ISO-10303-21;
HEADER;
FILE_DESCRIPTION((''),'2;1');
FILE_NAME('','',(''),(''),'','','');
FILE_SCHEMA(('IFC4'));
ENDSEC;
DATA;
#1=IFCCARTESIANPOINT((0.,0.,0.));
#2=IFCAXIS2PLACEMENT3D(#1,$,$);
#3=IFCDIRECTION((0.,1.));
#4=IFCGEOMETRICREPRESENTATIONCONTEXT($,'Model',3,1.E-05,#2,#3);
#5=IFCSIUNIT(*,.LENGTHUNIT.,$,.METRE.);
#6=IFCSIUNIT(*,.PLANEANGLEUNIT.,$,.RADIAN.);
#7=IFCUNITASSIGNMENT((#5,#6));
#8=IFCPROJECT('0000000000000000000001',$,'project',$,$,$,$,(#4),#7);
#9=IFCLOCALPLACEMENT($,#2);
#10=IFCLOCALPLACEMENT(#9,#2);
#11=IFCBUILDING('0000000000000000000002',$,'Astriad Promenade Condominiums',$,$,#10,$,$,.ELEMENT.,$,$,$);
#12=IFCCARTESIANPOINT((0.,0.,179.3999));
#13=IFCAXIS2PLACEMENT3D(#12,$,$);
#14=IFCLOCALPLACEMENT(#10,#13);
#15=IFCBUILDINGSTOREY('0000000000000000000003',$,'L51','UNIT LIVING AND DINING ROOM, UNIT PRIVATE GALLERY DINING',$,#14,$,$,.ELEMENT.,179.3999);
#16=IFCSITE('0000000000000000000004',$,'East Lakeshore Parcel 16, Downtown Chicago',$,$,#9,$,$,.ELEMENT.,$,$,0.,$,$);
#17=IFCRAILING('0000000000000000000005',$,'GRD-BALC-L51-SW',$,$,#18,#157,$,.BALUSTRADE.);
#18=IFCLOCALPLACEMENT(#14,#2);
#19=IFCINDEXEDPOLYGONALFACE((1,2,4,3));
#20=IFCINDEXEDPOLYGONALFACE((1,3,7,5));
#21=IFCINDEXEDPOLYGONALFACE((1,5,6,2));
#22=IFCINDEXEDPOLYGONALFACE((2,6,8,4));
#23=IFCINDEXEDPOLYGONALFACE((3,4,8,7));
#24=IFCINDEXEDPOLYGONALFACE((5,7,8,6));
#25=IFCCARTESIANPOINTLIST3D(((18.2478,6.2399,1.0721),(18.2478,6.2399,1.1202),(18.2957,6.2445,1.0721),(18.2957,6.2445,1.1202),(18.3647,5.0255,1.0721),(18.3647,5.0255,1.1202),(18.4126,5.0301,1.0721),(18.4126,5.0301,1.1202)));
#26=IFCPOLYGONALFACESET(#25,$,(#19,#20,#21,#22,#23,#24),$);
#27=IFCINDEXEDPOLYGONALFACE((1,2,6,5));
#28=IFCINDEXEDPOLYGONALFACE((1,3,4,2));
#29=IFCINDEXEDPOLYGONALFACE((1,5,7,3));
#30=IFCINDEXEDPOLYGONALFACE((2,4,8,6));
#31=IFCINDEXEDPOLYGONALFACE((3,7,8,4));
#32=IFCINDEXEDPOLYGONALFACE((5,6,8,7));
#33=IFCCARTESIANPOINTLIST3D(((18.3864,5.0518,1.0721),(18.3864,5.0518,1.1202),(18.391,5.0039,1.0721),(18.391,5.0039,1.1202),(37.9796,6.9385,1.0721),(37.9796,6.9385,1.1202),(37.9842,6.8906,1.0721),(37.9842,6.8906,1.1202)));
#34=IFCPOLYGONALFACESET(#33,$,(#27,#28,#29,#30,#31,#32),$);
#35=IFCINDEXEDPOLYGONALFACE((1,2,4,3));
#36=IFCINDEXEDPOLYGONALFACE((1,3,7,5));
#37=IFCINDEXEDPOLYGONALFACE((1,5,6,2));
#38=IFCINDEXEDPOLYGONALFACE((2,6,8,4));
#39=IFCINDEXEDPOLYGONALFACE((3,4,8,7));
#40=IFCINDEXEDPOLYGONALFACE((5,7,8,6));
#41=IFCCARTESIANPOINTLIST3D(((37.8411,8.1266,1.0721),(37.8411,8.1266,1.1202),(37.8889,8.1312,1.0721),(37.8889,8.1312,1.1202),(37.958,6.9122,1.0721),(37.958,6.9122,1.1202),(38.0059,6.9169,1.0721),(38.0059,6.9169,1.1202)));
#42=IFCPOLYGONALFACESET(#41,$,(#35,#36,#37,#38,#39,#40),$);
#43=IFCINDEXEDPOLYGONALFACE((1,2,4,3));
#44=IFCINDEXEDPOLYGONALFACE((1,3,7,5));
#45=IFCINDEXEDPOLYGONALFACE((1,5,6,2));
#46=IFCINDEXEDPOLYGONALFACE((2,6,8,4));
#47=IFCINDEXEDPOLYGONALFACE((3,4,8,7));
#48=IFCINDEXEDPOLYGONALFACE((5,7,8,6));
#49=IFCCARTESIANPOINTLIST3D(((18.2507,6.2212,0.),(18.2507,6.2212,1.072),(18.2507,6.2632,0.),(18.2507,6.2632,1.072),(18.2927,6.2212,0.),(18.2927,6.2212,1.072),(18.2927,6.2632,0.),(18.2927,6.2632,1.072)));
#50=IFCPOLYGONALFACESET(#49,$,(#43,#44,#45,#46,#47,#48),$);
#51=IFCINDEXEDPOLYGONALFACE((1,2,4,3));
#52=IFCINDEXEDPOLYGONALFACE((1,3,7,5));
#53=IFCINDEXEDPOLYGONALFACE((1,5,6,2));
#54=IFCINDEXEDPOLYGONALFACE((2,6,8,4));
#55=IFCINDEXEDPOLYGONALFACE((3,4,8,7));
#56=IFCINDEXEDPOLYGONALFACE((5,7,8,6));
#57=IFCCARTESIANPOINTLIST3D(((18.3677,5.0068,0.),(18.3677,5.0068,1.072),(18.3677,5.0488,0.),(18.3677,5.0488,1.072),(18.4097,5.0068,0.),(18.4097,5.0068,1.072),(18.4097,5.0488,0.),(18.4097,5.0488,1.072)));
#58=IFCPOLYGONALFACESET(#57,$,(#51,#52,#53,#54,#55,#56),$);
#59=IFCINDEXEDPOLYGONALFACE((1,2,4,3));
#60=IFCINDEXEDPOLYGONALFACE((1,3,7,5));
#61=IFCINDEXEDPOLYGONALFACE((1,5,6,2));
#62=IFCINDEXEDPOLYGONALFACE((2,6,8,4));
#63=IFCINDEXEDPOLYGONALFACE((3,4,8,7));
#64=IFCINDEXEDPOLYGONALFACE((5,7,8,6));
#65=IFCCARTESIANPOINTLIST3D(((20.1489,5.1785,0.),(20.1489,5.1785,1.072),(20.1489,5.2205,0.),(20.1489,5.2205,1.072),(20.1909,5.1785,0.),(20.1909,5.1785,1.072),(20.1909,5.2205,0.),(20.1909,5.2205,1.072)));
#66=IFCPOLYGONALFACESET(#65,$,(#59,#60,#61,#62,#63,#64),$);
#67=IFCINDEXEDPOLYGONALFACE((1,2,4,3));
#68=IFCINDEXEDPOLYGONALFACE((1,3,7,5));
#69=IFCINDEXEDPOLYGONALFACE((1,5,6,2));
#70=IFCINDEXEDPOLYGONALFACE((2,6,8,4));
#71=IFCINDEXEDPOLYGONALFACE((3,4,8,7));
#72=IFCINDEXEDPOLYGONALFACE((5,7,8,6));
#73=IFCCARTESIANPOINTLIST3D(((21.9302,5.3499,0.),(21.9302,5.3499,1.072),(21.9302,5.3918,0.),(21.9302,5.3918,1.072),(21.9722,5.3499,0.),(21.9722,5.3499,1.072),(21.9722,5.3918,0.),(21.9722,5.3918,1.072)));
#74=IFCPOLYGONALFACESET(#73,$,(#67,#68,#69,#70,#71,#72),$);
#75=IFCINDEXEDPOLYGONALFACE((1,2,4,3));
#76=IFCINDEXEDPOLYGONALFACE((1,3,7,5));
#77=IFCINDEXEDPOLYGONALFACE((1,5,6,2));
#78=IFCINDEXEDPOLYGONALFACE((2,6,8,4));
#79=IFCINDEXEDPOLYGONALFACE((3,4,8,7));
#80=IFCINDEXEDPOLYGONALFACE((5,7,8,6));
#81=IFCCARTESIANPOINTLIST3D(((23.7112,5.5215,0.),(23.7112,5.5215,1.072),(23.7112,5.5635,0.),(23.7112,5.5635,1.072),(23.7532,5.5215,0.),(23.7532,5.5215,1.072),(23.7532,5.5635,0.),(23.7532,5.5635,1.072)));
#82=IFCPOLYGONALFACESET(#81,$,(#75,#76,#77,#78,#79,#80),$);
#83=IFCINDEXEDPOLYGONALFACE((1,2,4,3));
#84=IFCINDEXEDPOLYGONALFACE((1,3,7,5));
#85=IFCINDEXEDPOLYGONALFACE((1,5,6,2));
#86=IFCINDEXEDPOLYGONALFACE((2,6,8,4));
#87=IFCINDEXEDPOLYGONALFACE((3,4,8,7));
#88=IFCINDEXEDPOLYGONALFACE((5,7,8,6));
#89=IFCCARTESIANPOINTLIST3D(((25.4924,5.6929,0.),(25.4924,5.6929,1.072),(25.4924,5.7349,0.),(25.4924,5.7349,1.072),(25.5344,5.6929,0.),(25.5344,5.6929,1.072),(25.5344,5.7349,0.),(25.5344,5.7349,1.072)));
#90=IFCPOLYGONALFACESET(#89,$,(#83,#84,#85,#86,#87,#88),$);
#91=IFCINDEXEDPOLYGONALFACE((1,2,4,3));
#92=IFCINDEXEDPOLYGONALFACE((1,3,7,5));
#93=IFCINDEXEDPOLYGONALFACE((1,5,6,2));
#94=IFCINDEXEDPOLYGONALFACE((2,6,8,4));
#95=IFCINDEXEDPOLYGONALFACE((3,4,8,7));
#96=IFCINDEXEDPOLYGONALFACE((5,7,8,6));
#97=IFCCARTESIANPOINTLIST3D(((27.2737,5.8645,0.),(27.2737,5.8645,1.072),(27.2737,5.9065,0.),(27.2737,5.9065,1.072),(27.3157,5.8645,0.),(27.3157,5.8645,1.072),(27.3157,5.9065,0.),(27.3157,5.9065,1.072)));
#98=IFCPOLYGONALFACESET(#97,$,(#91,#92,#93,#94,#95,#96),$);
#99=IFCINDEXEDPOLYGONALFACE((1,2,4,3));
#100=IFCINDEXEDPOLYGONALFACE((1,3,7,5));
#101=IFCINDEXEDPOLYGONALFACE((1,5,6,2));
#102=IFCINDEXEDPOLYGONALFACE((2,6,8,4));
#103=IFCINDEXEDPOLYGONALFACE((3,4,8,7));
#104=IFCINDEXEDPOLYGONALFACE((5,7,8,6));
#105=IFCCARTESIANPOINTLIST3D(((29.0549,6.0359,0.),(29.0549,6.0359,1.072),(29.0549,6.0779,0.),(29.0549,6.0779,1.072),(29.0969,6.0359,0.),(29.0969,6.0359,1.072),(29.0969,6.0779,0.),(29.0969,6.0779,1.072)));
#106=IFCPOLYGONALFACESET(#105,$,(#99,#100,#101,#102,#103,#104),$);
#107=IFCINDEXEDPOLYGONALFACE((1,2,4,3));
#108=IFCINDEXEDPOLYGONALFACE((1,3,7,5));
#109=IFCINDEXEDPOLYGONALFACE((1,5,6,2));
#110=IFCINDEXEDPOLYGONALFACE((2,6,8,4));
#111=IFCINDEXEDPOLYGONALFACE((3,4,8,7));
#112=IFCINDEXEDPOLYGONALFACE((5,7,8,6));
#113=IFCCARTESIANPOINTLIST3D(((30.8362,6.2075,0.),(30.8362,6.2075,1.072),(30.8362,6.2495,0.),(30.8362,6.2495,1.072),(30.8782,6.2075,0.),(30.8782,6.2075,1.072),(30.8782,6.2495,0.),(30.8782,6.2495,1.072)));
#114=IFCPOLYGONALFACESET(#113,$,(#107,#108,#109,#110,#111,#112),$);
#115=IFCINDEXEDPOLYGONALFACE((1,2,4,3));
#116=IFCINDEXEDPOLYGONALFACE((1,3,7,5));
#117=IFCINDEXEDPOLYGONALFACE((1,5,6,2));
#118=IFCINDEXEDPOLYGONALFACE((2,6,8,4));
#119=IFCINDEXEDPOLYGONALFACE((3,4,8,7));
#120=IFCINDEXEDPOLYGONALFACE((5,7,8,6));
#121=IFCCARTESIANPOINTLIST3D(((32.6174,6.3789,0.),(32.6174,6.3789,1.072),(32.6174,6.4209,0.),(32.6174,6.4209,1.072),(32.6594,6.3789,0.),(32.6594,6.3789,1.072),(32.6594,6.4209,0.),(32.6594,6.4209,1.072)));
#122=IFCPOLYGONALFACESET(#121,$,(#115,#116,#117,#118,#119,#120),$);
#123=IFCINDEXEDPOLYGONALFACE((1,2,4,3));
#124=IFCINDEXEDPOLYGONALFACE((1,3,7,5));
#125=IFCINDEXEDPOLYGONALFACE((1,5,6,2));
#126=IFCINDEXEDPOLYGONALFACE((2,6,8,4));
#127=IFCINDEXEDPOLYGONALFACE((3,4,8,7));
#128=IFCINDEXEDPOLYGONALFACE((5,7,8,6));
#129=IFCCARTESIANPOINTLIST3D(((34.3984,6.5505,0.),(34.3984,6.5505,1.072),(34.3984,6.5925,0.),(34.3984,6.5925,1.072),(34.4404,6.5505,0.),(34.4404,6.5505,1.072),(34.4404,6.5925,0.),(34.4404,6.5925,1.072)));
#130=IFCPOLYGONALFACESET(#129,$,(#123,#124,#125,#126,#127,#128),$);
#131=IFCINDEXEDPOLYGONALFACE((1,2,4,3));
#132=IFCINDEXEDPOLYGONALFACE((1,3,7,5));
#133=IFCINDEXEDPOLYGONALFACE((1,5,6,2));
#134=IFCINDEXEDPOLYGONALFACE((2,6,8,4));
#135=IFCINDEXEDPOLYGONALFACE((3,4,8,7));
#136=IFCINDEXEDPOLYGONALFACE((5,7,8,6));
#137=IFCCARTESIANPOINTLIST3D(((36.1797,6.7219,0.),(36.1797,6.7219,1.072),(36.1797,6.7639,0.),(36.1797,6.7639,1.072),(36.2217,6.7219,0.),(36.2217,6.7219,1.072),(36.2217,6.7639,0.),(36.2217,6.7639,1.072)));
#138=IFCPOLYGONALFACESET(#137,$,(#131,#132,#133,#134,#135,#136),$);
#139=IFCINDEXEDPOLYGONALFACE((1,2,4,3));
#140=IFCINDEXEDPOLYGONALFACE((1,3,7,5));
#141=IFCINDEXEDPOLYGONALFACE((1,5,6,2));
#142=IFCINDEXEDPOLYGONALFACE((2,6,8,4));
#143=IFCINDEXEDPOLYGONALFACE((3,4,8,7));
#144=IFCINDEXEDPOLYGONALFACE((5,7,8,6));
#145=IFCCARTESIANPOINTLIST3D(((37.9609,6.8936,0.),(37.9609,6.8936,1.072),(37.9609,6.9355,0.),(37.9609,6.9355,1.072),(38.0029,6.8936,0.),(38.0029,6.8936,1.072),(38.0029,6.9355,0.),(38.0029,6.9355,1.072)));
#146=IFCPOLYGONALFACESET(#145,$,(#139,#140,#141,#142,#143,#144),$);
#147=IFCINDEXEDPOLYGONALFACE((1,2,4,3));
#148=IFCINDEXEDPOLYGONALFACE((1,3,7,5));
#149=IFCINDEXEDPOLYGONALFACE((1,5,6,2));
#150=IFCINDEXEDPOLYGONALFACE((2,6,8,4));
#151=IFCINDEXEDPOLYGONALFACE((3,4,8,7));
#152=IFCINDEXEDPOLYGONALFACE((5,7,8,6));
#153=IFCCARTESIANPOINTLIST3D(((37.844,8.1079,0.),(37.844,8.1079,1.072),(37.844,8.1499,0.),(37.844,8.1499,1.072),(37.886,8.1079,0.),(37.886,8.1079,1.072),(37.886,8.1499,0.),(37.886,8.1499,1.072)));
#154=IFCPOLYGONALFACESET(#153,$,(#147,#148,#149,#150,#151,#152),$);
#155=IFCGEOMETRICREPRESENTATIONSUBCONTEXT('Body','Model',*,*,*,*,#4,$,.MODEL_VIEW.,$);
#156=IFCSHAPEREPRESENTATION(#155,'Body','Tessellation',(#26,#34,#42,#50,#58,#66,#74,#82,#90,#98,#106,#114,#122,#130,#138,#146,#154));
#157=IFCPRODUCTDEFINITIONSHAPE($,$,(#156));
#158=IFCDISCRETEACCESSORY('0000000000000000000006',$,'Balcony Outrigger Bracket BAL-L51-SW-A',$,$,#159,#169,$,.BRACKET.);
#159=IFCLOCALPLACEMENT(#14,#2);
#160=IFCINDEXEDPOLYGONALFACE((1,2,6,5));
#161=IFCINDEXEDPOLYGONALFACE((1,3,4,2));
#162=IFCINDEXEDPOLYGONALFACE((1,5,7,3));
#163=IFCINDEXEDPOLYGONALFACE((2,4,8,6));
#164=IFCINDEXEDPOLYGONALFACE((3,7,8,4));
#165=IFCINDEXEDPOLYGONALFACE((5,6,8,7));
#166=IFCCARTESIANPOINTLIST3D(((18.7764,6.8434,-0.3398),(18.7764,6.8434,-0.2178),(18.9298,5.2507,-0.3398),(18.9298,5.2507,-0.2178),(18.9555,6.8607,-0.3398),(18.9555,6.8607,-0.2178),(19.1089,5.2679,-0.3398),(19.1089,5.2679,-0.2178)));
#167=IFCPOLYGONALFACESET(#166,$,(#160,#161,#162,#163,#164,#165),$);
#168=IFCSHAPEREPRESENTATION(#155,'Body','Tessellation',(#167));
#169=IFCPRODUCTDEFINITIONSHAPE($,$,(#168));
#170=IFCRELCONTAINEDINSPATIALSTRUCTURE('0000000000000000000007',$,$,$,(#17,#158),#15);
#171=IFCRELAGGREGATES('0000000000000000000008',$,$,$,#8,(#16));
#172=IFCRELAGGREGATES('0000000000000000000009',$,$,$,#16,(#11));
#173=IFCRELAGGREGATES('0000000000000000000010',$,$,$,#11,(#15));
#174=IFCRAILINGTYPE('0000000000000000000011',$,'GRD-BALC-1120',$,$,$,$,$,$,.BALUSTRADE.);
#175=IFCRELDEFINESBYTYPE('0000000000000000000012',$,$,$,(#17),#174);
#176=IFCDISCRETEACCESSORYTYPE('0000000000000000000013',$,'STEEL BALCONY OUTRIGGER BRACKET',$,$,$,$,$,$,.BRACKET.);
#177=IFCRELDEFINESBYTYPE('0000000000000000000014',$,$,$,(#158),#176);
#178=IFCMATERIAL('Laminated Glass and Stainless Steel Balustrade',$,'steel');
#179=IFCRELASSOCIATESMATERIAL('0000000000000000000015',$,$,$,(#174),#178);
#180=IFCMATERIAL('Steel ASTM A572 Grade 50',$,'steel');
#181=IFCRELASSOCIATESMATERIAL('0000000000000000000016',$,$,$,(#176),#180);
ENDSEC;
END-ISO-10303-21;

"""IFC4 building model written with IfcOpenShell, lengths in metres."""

from ifc_helpers import new_model, si_unit, direction, frame, origin, origin_2d, place, context, subcontext, project, spatial, rectangle, extrude, source, transform, mapped, material, type_object, type_shapes, element, save


model = new_model("IFC4")

# Units and contexts
model_context = context("Model", 3, precision=1e-05, world=origin(), true_north=direction((0.0, 1.0)))
body_context = subcontext(model_context, "Body", "Model", "MODEL_VIEW")
ifc_project = project(units=[si_unit("LENGTHUNIT", "METRE"), si_unit("PLANEANGLEUNIT", "RADIAN")], contexts=[model_context])

# Site, building, storey
site_placement = place(None, origin())
site = spatial("IfcSite", under=ifc_project, at=site_placement, Name="East Lakeshore Parcel 16, Downtown Chicago", CompositionType="ELEMENT", RefElevation=0.0)
building_placement = place(site_placement, origin())
building = spatial("IfcBuilding", under=site, at=building_placement, Name="Astriad Promenade Condominiums", CompositionType="ELEMENT")
storey_placement = place(building_placement, frame((0.0, 0.0, 179.3999)))
storey = spatial("IfcBuildingStorey", under=building, at=storey_placement, Name="L51", Description="UNIT LIVING AND DINING ROOM, UNIT PRIVATE GALLERY DINING", CompositionType="ELEMENT", Elevation=179.3999)

# Railing
ifc_material_1 = material(Name="Laminated Glass and Stainless Steel Balustrade", Category="steel")
railing_type = type_object("IfcRailingType", Name="GRD-BALC-1120", PredefinedType="BALUSTRADE", material=ifc_material_1)
shared_shape_1 = source(origin(), body_context, "Body", "SweptSolid", [
    extrude(rectangle(XDim=0.0481, YDim=0.0481, at=origin_2d()), frame((0.0, 0.0, 1.0962), z_axis=(0.095857, -0.995395, 0.0), x_axis=(0.995395, 0.095857, 0.0)), (0.0, 0.0, 1.0), 1.22),
    extrude(rectangle(XDim=0.0481, YDim=0.0481, at=origin_2d()), frame((0.1169, -1.2144, 1.0962), z_axis=(0.995396, 0.095851, 0.0), x_axis=(-0.095851, 0.995396, 0.0)), (0.0, 0.0, 1.0), 19.6838),
    extrude(rectangle(XDim=0.0481, YDim=0.0481, at=origin_2d()), frame((19.7102, 0.6724, 1.0962), z_axis=(-0.095857, 0.995395, 0.0), x_axis=(-0.995395, -0.095857, 0.0)), (0.0, 0.0, 1.0), 1.22),
    extrude(rectangle(XDim=0.042, YDim=0.042, at=origin_2d()), origin(), (0.0, 0.0, 1.0), 1.072),
    extrude(rectangle(XDim=0.042, YDim=0.042, at=origin_2d()), frame((0.1169, -1.2144, 0.0)), (0.0, 0.0, 1.0), 1.072),
    extrude(rectangle(XDim=0.042, YDim=0.042, at=origin_2d()), frame((1.8982, -1.0427, 0.0)), (0.0, 0.0, 1.0), 1.072),
    extrude(rectangle(XDim=0.042, YDim=0.042, at=origin_2d()), frame((3.6794, -0.8713, 0.0)), (0.0, 0.0, 1.0), 1.072),
    extrude(rectangle(XDim=0.042, YDim=0.042, at=origin_2d()), frame((5.4604, -0.6997, 0.0)), (0.0, 0.0, 1.0), 1.072),
    extrude(rectangle(XDim=0.042, YDim=0.042, at=origin_2d()), frame((7.2417, -0.5283, 0.0)), (0.0, 0.0, 1.0), 1.072),
    extrude(rectangle(XDim=0.042, YDim=0.042, at=origin_2d()), frame((9.0229, -0.3567, 0.0)), (0.0, 0.0, 1.0), 1.072),
    extrude(rectangle(XDim=0.042, YDim=0.042, at=origin_2d()), frame((10.8042, -0.1853, 0.0)), (0.0, 0.0, 1.0), 1.072),
    extrude(rectangle(XDim=0.042, YDim=0.042, at=origin_2d()), frame((12.5854, -0.0137, 0.0)), (0.0, 0.0, 1.0), 1.072),
    extrude(rectangle(XDim=0.042, YDim=0.042, at=origin_2d()), frame((14.3667, 0.1577, 0.0)), (0.0, 0.0, 1.0), 1.072),
    extrude(rectangle(XDim=0.042, YDim=0.042, at=origin_2d()), frame((16.1477, 0.3293, 0.0)), (0.0, 0.0, 1.0), 1.072),
    extrude(rectangle(XDim=0.042, YDim=0.042, at=origin_2d()), frame((17.929, 0.5007, 0.0)), (0.0, 0.0, 1.0), 1.072),
    extrude(rectangle(XDim=0.042, YDim=0.042, at=origin_2d()), frame((19.7102, 0.6724, 0.0)), (0.0, 0.0, 1.0), 1.072),
    extrude(rectangle(XDim=0.042, YDim=0.042, at=origin_2d()), frame((19.5933, 1.8867, 0.0)), (0.0, 0.0, 1.0), 1.072),
])
type_shapes(railing_type, [shared_shape_1])
railing_placement = place(storey_placement, frame((18.2717, 6.2422, 0.0)))
element("IfcRailing", 1, at=railing_placement, inside=storey, type_object=railing_type, Name="GRD-BALC-L51-SW", PredefinedType="BALUSTRADE", context=body_context, shape_type="MappedRepresentation", body=[
    mapped(shared_shape_1, transform((0.0, 0.0, 0.0), scale=1.0)),
])

# Discrete accessory
ifc_material_2 = material(Name="Steel ASTM A572 Grade 50", Category="steel")
discrete_accessory_type = type_object("IfcDiscreteAccessoryType", Name="STEEL BALCONY OUTRIGGER BRACKET", PredefinedType="BRACKET", material=ifc_material_2)
shared_shape_2 = source(origin(), body_context, "Body", "SweptSolid", [
    extrude(rectangle(XDim=1.6001, YDim=0.1799, at=origin_2d()), origin(), (0.0, 0.0, 1.0), 0.1221),
])
type_shapes(discrete_accessory_type, [shared_shape_2])
discrete_accessory_placement = place(storey_placement, frame((18.9426, 6.0557, -0.3398), z_axis=(0.0, 0.0, 1.0), x_axis=(0.095846, -0.995396, 0.0)))
element("IfcDiscreteAccessory", 2, at=discrete_accessory_placement, inside=storey, type_object=discrete_accessory_type, Name="Balcony Outrigger Bracket BAL-L51-SW-A", PredefinedType="BRACKET", context=body_context, shape_type="MappedRepresentation", body=[
    mapped(shared_shape_2, transform((0.0, 0.0, 0.0), scale=1.0)),
])

save(model, "model.ifc")
